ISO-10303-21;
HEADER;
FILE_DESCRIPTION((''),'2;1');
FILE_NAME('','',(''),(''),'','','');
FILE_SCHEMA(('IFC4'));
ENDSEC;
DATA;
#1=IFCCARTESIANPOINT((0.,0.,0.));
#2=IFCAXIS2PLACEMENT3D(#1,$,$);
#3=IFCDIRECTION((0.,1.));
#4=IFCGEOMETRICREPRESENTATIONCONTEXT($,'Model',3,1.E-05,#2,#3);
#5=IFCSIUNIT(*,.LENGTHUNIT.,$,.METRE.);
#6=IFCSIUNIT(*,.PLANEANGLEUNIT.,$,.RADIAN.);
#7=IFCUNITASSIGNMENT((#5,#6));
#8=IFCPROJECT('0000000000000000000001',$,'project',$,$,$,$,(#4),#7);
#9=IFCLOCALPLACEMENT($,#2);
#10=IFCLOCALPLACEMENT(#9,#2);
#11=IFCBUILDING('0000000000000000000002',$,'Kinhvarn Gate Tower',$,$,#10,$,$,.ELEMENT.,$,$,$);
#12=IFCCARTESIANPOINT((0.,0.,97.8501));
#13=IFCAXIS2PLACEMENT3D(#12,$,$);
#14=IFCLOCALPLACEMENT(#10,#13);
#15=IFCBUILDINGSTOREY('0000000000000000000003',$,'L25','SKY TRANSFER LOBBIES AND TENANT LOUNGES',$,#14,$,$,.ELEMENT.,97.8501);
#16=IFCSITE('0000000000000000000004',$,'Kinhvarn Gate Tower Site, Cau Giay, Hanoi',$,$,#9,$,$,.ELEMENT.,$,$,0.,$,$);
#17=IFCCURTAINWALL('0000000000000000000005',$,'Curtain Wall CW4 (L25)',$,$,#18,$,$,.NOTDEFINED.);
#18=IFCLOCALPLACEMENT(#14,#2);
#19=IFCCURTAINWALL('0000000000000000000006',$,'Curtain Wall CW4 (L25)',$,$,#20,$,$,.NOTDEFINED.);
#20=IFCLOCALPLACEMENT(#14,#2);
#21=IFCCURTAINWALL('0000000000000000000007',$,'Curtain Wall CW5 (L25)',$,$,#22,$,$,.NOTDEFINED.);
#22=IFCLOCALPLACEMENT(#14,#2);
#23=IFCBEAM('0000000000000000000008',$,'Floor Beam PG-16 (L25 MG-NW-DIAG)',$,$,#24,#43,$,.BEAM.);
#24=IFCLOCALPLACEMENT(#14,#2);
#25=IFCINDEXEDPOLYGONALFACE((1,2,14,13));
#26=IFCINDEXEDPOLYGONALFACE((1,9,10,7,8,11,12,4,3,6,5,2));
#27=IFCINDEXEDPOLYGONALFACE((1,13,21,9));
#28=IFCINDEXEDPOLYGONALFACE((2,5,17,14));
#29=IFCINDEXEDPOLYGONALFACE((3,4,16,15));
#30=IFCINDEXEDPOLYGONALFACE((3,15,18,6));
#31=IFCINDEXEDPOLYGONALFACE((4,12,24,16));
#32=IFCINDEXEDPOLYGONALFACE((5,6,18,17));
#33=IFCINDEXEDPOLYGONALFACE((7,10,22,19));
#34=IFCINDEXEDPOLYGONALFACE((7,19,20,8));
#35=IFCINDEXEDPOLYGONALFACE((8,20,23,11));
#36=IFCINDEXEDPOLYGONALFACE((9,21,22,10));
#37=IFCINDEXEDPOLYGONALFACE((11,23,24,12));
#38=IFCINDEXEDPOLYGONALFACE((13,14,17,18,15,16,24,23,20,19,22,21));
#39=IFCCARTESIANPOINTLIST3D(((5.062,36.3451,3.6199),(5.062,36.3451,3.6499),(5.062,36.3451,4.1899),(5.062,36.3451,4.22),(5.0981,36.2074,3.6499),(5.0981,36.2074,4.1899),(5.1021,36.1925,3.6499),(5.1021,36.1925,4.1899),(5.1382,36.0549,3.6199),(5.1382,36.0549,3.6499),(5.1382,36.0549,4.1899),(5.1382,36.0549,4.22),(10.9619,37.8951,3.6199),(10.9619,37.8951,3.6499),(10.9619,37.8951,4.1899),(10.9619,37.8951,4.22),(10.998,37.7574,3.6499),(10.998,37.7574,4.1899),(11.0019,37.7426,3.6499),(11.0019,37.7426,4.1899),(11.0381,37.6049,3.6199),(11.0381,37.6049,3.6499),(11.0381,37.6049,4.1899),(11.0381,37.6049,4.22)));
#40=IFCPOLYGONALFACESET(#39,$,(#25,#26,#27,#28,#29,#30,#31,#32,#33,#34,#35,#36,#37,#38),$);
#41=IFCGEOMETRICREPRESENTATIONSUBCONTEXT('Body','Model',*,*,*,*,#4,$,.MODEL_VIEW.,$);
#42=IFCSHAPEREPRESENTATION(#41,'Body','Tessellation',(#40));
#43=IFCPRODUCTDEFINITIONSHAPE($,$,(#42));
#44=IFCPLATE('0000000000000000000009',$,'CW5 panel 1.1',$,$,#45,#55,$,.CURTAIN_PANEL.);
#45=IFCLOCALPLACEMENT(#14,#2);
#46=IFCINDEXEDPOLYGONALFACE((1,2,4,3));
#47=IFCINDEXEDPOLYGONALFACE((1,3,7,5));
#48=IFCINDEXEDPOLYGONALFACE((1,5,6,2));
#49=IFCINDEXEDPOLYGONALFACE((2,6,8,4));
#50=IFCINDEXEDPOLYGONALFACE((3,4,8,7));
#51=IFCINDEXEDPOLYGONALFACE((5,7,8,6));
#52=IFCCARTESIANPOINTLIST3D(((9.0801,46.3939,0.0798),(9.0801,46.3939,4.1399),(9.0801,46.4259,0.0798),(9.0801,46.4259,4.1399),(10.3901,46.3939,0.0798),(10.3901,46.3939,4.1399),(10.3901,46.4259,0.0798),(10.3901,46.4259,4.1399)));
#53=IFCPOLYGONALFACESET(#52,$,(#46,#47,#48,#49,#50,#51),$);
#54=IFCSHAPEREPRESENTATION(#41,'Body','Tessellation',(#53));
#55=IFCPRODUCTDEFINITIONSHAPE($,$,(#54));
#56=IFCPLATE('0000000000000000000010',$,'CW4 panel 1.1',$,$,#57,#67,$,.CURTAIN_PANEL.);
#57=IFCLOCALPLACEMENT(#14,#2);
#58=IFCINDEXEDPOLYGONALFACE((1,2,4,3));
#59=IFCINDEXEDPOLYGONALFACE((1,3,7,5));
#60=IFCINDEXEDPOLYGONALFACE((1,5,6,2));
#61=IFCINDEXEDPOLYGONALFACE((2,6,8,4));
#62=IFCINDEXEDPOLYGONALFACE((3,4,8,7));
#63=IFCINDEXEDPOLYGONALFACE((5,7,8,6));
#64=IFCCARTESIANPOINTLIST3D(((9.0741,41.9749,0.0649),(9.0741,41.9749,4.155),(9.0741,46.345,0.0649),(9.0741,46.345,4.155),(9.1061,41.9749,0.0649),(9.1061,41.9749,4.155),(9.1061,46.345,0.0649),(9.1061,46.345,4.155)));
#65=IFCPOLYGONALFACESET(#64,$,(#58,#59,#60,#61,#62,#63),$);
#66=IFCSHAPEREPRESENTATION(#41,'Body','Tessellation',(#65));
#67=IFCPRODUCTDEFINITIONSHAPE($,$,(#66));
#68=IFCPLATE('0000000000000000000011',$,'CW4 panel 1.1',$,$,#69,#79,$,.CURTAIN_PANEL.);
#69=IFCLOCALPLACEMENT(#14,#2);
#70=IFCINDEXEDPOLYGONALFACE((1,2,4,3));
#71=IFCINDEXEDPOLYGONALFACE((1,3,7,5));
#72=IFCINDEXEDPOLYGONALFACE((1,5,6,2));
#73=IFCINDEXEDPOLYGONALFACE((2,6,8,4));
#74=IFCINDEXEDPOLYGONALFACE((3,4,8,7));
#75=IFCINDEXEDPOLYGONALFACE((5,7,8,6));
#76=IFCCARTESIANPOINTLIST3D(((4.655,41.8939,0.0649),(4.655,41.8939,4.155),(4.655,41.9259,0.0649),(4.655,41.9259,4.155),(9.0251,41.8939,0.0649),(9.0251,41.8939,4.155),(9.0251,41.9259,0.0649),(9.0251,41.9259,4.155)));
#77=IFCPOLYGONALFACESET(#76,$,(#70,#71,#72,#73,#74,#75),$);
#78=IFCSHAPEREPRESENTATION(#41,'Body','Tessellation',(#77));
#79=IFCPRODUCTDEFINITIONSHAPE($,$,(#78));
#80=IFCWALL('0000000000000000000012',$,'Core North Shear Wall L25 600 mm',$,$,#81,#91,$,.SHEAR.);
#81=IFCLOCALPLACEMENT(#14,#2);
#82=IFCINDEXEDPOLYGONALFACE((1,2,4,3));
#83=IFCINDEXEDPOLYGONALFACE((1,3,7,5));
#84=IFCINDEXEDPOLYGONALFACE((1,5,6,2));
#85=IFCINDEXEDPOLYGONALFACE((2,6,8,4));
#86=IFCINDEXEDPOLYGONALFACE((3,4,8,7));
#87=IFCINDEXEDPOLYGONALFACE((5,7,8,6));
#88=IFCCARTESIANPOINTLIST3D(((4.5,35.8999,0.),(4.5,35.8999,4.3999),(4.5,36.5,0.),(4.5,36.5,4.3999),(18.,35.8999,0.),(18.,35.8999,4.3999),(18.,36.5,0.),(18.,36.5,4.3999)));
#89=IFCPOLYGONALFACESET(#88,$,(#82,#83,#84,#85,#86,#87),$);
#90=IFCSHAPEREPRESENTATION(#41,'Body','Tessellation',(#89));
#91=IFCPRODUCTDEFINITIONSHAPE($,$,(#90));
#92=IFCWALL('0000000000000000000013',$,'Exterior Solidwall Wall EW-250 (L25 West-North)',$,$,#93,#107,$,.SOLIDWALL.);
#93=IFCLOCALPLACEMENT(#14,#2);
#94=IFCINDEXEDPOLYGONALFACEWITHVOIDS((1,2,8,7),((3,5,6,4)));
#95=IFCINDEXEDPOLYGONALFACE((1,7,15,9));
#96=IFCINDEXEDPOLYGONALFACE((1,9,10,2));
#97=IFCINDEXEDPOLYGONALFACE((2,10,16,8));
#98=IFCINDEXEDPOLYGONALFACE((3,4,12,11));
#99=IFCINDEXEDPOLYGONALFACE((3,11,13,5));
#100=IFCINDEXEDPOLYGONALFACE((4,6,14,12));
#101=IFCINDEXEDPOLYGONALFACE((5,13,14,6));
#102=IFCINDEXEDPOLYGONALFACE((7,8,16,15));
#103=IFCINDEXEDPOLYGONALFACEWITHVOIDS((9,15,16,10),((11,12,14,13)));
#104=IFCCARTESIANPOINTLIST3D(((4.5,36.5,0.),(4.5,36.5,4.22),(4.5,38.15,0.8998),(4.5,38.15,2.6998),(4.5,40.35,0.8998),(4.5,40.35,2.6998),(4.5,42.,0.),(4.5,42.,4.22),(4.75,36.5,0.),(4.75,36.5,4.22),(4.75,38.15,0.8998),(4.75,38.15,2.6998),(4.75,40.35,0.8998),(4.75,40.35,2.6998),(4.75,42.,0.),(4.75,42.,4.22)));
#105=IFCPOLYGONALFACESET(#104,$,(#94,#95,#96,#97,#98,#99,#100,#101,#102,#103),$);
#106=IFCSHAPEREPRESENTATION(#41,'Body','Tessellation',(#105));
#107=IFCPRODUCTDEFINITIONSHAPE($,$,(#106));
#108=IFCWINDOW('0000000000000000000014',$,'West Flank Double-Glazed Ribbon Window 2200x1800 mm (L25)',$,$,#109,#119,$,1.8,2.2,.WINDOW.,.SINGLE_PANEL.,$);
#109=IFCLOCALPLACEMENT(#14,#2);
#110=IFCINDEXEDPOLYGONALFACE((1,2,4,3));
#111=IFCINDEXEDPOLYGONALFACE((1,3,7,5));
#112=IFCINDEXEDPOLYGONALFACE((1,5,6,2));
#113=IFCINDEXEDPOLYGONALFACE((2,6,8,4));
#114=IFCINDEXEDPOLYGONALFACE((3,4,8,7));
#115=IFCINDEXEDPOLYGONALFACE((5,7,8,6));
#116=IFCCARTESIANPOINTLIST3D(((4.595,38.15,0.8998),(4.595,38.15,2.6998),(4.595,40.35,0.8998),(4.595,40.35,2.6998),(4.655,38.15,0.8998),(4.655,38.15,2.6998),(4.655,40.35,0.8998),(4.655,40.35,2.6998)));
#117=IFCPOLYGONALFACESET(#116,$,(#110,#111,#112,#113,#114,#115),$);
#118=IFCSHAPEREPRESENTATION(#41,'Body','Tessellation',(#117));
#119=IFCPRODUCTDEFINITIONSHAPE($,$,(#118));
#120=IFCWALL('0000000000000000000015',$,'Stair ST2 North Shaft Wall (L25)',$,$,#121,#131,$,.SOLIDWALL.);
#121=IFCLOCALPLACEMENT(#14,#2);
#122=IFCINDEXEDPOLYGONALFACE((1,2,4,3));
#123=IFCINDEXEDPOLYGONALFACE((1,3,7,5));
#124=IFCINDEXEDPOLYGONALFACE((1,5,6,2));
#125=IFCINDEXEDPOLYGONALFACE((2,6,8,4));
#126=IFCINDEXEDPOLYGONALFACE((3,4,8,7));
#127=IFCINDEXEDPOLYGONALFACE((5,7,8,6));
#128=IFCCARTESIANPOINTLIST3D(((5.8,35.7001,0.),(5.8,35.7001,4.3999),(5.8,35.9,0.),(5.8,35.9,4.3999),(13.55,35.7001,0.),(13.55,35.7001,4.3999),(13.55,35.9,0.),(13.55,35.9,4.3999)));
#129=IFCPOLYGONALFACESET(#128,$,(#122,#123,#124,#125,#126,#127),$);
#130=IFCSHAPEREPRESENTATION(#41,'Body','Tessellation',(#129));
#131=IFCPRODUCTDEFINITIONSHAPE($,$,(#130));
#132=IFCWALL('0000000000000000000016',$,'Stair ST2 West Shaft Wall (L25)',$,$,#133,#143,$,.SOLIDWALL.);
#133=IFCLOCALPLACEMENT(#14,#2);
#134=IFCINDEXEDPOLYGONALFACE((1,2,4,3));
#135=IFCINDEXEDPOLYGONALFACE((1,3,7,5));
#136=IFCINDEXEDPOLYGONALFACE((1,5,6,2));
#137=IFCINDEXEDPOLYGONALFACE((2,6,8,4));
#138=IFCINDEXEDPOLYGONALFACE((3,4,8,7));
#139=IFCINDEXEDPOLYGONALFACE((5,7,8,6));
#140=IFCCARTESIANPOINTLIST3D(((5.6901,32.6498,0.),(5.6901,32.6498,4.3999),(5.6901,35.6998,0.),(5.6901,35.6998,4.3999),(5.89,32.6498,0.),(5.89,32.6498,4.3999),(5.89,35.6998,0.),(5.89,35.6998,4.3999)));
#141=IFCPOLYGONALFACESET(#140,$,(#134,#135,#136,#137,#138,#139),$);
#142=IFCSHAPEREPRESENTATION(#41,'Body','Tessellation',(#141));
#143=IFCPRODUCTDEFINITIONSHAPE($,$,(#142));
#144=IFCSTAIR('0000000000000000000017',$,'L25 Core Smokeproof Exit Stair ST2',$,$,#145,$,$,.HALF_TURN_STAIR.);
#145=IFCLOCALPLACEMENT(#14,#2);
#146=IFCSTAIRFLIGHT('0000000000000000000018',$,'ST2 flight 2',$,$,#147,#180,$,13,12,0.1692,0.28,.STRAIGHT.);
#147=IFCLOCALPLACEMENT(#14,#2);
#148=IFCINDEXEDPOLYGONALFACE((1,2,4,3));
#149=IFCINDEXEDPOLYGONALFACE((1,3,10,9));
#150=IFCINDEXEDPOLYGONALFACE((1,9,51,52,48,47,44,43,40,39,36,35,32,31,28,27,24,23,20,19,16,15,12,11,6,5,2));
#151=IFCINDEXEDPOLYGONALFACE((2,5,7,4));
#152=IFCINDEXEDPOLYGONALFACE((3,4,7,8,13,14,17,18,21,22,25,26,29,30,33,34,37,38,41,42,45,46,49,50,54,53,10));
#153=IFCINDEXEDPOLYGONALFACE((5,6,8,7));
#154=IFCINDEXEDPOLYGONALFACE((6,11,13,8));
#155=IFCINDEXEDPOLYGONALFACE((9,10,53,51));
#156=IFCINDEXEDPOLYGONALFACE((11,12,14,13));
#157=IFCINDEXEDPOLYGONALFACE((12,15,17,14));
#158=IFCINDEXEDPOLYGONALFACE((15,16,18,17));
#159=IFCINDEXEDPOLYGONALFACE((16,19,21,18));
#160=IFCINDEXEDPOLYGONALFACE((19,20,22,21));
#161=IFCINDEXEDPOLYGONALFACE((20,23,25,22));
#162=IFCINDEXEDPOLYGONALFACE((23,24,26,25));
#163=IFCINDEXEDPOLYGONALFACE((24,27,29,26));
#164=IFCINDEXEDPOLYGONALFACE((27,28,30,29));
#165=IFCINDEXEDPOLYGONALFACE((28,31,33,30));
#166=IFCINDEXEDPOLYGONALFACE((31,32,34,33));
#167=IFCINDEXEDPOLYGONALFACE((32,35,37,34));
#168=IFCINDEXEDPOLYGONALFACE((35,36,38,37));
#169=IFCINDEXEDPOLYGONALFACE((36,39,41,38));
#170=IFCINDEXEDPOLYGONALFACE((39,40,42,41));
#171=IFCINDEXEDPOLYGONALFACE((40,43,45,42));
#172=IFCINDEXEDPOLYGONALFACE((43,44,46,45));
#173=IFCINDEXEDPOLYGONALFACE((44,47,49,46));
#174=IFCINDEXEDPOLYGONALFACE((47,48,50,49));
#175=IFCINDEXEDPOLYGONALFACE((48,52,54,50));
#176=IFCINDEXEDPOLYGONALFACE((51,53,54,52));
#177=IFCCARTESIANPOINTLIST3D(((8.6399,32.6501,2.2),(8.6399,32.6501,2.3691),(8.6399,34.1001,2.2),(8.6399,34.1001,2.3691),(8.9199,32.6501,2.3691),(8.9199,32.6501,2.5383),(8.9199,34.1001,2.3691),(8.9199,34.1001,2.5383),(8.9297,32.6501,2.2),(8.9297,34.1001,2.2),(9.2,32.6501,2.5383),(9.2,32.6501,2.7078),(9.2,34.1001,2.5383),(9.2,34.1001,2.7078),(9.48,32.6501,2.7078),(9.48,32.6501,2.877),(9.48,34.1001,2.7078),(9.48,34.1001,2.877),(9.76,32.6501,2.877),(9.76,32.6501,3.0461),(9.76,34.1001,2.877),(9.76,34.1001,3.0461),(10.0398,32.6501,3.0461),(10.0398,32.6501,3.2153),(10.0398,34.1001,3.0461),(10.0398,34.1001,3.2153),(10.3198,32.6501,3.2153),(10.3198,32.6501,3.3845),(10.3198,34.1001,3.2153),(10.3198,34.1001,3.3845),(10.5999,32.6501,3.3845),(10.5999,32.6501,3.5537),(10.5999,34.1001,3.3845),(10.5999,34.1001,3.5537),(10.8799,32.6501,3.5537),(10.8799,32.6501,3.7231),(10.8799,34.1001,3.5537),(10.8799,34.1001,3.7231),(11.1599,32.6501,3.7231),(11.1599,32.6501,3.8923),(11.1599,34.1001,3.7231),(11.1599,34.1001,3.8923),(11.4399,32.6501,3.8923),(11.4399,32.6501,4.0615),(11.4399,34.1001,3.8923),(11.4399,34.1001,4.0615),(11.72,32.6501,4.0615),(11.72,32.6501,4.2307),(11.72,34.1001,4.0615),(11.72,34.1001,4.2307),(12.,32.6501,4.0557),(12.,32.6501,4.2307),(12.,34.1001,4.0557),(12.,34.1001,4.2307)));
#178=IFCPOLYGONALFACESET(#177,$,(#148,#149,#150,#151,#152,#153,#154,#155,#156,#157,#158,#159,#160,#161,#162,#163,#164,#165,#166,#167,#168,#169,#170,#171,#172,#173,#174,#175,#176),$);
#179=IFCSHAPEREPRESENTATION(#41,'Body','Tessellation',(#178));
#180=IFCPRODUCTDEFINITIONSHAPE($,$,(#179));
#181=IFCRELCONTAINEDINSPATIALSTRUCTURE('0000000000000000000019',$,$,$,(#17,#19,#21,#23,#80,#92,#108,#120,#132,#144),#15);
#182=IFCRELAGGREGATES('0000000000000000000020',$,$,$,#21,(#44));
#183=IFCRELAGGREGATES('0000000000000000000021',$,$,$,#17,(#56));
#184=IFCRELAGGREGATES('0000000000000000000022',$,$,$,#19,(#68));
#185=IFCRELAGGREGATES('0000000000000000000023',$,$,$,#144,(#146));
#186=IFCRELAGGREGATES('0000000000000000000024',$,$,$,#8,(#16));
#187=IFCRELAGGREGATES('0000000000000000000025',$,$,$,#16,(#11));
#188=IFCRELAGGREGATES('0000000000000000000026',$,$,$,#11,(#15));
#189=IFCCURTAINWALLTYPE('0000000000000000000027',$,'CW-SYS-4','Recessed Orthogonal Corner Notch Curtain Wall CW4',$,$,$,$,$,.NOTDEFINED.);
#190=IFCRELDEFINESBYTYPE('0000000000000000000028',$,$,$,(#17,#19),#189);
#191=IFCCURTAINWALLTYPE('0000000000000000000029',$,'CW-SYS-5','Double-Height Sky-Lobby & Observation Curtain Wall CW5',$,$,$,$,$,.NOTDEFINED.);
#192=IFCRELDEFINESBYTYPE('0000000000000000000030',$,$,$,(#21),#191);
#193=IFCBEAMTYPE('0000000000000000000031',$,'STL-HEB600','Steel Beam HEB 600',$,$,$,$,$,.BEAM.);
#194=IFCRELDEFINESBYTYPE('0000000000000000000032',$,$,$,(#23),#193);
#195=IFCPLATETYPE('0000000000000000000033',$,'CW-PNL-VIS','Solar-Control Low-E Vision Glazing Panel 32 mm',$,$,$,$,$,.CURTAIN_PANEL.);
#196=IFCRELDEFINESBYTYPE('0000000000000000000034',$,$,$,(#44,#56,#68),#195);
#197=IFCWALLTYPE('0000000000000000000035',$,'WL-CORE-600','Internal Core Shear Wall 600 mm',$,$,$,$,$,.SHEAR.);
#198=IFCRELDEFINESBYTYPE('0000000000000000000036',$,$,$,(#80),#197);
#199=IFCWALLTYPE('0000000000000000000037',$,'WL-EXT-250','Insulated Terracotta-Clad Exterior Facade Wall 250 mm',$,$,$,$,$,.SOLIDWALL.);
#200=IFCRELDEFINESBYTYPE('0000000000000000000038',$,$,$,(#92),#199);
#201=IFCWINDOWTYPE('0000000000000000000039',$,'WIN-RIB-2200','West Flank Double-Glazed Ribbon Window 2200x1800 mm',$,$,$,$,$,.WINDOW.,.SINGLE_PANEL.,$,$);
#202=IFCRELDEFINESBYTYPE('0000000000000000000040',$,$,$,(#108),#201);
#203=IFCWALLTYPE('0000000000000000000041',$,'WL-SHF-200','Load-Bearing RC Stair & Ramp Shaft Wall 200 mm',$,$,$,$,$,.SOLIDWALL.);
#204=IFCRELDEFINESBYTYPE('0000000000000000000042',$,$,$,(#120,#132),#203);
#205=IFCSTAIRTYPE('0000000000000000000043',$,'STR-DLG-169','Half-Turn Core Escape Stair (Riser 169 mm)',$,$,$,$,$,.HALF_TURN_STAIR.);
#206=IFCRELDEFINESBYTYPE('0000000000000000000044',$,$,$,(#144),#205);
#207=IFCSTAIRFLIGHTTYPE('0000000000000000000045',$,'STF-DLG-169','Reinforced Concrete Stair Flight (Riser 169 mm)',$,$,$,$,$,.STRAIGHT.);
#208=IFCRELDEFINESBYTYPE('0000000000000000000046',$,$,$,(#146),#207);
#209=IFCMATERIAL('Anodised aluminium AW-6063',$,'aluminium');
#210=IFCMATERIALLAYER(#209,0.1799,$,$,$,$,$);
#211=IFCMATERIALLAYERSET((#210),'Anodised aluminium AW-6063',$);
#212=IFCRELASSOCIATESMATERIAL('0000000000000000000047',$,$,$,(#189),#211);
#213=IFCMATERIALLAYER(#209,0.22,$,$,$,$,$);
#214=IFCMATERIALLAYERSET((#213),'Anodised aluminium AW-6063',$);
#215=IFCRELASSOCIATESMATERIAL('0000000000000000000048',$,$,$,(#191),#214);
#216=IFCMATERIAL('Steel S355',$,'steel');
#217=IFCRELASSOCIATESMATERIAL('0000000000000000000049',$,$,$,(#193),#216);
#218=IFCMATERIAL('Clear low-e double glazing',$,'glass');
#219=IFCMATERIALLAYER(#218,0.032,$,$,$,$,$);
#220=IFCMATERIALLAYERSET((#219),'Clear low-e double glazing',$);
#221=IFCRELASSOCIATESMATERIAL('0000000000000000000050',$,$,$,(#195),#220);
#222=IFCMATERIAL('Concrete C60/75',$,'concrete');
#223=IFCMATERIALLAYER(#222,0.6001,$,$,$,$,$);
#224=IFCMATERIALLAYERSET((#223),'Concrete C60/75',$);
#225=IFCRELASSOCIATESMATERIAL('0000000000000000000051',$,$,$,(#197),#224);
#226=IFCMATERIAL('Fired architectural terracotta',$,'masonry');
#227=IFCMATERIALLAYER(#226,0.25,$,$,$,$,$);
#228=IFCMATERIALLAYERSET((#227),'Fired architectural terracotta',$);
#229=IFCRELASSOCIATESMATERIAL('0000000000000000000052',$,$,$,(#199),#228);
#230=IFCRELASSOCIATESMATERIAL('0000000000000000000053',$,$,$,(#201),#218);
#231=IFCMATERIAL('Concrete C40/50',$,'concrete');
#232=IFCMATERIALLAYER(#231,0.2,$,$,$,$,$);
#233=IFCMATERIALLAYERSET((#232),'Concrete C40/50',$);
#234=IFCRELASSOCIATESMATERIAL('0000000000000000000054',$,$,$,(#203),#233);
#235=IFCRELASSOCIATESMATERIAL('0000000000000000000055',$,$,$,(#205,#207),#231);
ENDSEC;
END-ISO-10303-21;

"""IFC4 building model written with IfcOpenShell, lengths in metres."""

from ifc_helpers import new_model, si_unit, direction, frame, frame_2d, origin, origin_2d, place, context, subcontext, project, spatial, polyline, rectangle, i_section, outline, extrude, material, layer, layer_set, material_profile, profile_set, type_object, element, fill, aggregate, save


model = new_model("IFC4")

# Units and contexts
model_context = context("Model", 3, precision=1e-05, world=origin(), true_north=direction((0.0, 1.0)))
body_context = subcontext(model_context, "Body", "Model", "MODEL_VIEW")
ifc_project = project(units=[si_unit("LENGTHUNIT", "METRE"), si_unit("PLANEANGLEUNIT", "RADIAN")], contexts=[model_context])

# Site, building, storey
site_placement = place(None, origin())
site = spatial("IfcSite", under=ifc_project, at=site_placement, Name="Kinhvarn Gate Tower Site, Cau Giay, Hanoi", CompositionType="ELEMENT", RefElevation=0.0)
building_placement = place(site_placement, origin())
building = spatial("IfcBuilding", under=site, at=building_placement, Name="Kinhvarn Gate Tower", CompositionType="ELEMENT")
storey_placement = place(building_placement, frame((0.0, 0.0, 97.8501)))
storey = spatial("IfcBuildingStorey", under=building, at=storey_placement, Name="L25", Description="SKY TRANSFER LOBBIES AND TENANT LOUNGES", CompositionType="ELEMENT", Elevation=97.8501)

# Shared definitions
ifc_material_1 = material(Name="Concrete C60/75", Category="concrete")

# Curtain walls
ifc_material_2 = material(Name="Anodised aluminium AW-6063", Category="aluminium")
ifc_layer_1 = layer(ifc_material_2, 0.1799)
ifc_layer_set_1 = layer_set([ifc_layer_1], Name="Anodised aluminium AW-6063")
curtain_wall_type_1 = type_object("IfcCurtainWallType", Name="CW-SYS-4", Description="Recessed Orthogonal Corner Notch Curtain Wall CW4", PredefinedType="NOTDEFINED", material=ifc_layer_set_1)
curtain_wall_1_placement = place(storey_placement, origin())
curtain_wall_1 = element("IfcCurtainWall", 1, at=curtain_wall_1_placement, inside=storey, type_object=curtain_wall_type_1, Name="Curtain Wall CW4 (L25)", PredefinedType="NOTDEFINED")
curtain_wall_2_placement = place(storey_placement, origin())
curtain_wall_2 = element("IfcCurtainWall", 2, at=curtain_wall_2_placement, inside=storey, type_object=curtain_wall_type_1, Name="Curtain Wall CW4 (L25)", PredefinedType="NOTDEFINED")
ifc_layer_2 = layer(ifc_material_2, 0.22)
ifc_layer_set_2 = layer_set([ifc_layer_2], Name="Anodised aluminium AW-6063")
curtain_wall_type_2 = type_object("IfcCurtainWallType", Name="CW-SYS-5", Description="Double-Height Sky-Lobby & Observation Curtain Wall CW5", PredefinedType="NOTDEFINED", material=ifc_layer_set_2)
curtain_wall_3_placement = place(storey_placement, origin())
curtain_wall_3 = element("IfcCurtainWall", 3, at=curtain_wall_3_placement, inside=storey, type_object=curtain_wall_type_2, Name="Curtain Wall CW5 (L25)", PredefinedType="NOTDEFINED")

# Beam
ifc_material_3 = material(Name="Steel S355", Category="steel")
ifc_material_profile_1 = material_profile(ifc_material_3, i_section(OverallWidth=0.3, OverallDepth=0.6001, WebThickness=0.0154, FlangeThickness=0.03, at=origin_2d()), Name="HEB 600")
ifc_profile_set_1 = profile_set([ifc_material_profile_1], Name="Steel S355")
beam_type = type_object("IfcBeamType", Name="STL-HEB600", Description="Steel Beam HEB 600", PredefinedType="BEAM", material=ifc_profile_set_1)
beam_placement = place(storey_placement, frame((5.1001, 36.2, 3.9199), z_axis=(0.967178, 0.254101, 0.0), x_axis=(-0.254101, 0.967178, 0.0)))
element("IfcBeam", 4, at=beam_placement, inside=storey, type_object=beam_type, Name="Floor Beam PG-16 (L25 MG-NW-DIAG)", PredefinedType="BEAM", context=body_context, shape_type="SweptSolid", body=[
    extrude(i_section(OverallWidth=0.3, OverallDepth=0.6001, WebThickness=0.0154, FlangeThickness=0.03, at=origin_2d()), origin(), (0.0, 0.0, 1.0), 6.1001),
])

# Plates
ifc_material_4 = material(Name="Clear low-e double glazing", Category="glass")
ifc_layer_3 = layer(ifc_material_4, 0.032)
ifc_layer_set_3 = layer_set([ifc_layer_3], Name="Clear low-e double glazing")
plate_type = type_object("IfcPlateType", Name="CW-PNL-VIS", Description="Solar-Control Low-E Vision Glazing Panel 32 mm", PredefinedType="CURTAIN_PANEL", material=ifc_layer_set_3)
plate_1_placement = place(storey_placement, frame((9.7351, 46.4099, 0.0798), z_axis=(0.0, 0.0, 1.0), x_axis=(-1.0, 0.0, 0.0)))
plate_1 = element("IfcPlate", 5, at=plate_1_placement, type_object=plate_type, Name="CW5 panel 1.1", PredefinedType="CURTAIN_PANEL", context=body_context, shape_type="SweptSolid", body=[
    extrude(rectangle(XDim=1.3101, YDim=0.032, at=origin_2d()), origin(), (0.0, 0.0, 1.0), 4.0601),
])
aggregate(curtain_wall_3, [plate_1])
plate_2_placement = place(storey_placement, frame((9.0901, 44.1599, 0.0649), z_axis=(0.0, 0.0, 1.0), x_axis=(0.0, -1.0, 0.0)))
plate_2 = element("IfcPlate", 6, at=plate_2_placement, type_object=plate_type, Name="CW4 panel 1.1", PredefinedType="CURTAIN_PANEL", context=body_context, shape_type="SweptSolid", body=[
    extrude(rectangle(XDim=4.3701, YDim=0.032, at=origin_2d()), origin(), (0.0, 0.0, 1.0), 4.0901),
])
aggregate(curtain_wall_1, [plate_2])
plate_3_placement = place(storey_placement, frame((6.8401, 41.9099, 0.0649), z_axis=(0.0, 0.0, 1.0), x_axis=(-1.0, 0.0, 0.0)))
plate_3 = element("IfcPlate", 7, at=plate_3_placement, type_object=plate_type, Name="CW4 panel 1.1", PredefinedType="CURTAIN_PANEL", context=body_context, shape_type="SweptSolid", body=[
    extrude(rectangle(XDim=4.3701, YDim=0.032, at=origin_2d()), origin(), (0.0, 0.0, 1.0), 4.0901),
])
aggregate(curtain_wall_2, [plate_3])

# Wall
ifc_layer_4 = layer(ifc_material_1, 0.6001)
ifc_layer_set_4 = layer_set([ifc_layer_4], Name="Concrete C60/75")
wall_type_1 = type_object("IfcWallType", Name="WL-CORE-600", Description="Internal Core Shear Wall 600 mm", PredefinedType="SHEAR", material=ifc_layer_set_4)
wall_1_placement = place(storey_placement, frame((4.5, 36.2, 0.0), z_axis=(0.0, 0.0, 1.0), x_axis=(1.0, 0.0, 0.0)))
element("IfcWall", 8, at=wall_1_placement, inside=storey, type_object=wall_type_1, Name="Core North Shear Wall L25 600 mm", PredefinedType="SHEAR", context=body_context, shape_type="SweptSolid", body=[
    extrude(rectangle(XDim=13.5, YDim=0.6001, at=frame_2d((6.75, 0.0))), origin(), (0.0, 0.0, 1.0), 4.3999),
])

# Wall, opening, window
ifc_material_5 = material(Name="Fired architectural terracotta", Category="masonry")
ifc_layer_5 = layer(ifc_material_5, 0.25)
ifc_layer_set_5 = layer_set([ifc_layer_5], Name="Fired architectural terracotta")
wall_type_2 = type_object("IfcWallType", Name="WL-EXT-250", Description="Insulated Terracotta-Clad Exterior Facade Wall 250 mm", PredefinedType="SOLIDWALL", material=ifc_layer_set_5)
wall_2_placement = place(storey_placement, frame((4.625, 42.0, 0.0), z_axis=(0.0, 0.0, 1.0), x_axis=(0.0, -1.0, 0.0)))
wall_2 = element("IfcWall", 9, at=wall_2_placement, inside=storey, type_object=wall_type_2, Name="Exterior Solidwall Wall EW-250 (L25 West-North)", PredefinedType="SOLIDWALL", context=body_context, shape_type="SweptSolid", body=[
    extrude(rectangle(XDim=5.5, YDim=0.25, at=frame_2d((2.75, 0.0))), origin(), (0.0, 0.0, 1.0), 4.22),
])
opening_placement = place(wall_2_placement, frame((1.6499, 0.0, 0.8999)))
opening = element("IfcOpeningElement", 10, at=opening_placement, cuts=wall_2, PredefinedType="OPENING", context=body_context, shape_type="SweptSolid", body=[
    extrude(rectangle(XDim=2.2, YDim=1.8, at=frame_2d((1.1001, 0.8999))), frame((0.0, 0.135, 0.0), z_axis=(0.0, -1.0, 0.0), x_axis=(1.0, 0.0, 0.0)), (0.0, 0.0, 1.0), 0.27),
])
window_type = type_object("IfcWindowType", Name="WIN-RIB-2200", Description="West Flank Double-Glazed Ribbon Window 2200x1800 mm", PartitioningType="SINGLE_PANEL", PredefinedType="WINDOW", material=ifc_material_4)
window_placement = place(opening_placement, origin())
window = element("IfcWindow", 11, at=window_placement, inside=storey, type_object=window_type, Name="West Flank Double-Glazed Ribbon Window 2200x1800 mm (L25)", OverallHeight=1.8, OverallWidth=2.2, PartitioningType="SINGLE_PANEL", PredefinedType="WINDOW", context=body_context, shape_type="SweptSolid", body=[
    extrude(rectangle(XDim=2.2, YDim=1.8, at=frame_2d((1.1001, 0.8999))), frame((0.0, 0.03, 0.0), z_axis=(0.0, -1.0, 0.0), x_axis=(1.0, 0.0, 0.0)), (0.0, 0.0, 1.0), 0.0601),
])
fill(opening, window)

# Walls
ifc_material_6 = material(Name="Concrete C40/50", Category="concrete")
ifc_layer_6 = layer(ifc_material_6, 0.2)
ifc_layer_set_6 = layer_set([ifc_layer_6], Name="Concrete C40/50")
wall_type_3 = type_object("IfcWallType", Name="WL-SHF-200", Description="Load-Bearing RC Stair & Ramp Shaft Wall 200 mm", PredefinedType="SOLIDWALL", material=ifc_layer_set_6)
wall_3_placement = place(storey_placement, frame((5.8, 35.8, 0.0), z_axis=(0.0, 0.0, 1.0), x_axis=(1.0, 0.0, 0.0)))
element("IfcWall", 12, at=wall_3_placement, inside=storey, type_object=wall_type_3, Name="Stair ST2 North Shaft Wall (L25)", PredefinedType="SOLIDWALL", context=body_context, shape_type="SweptSolid", body=[
    extrude(rectangle(XDim=7.75, YDim=0.2, at=frame_2d((3.875, 0.0))), origin(), (0.0, 0.0, 1.0), 4.3999),
])
wall_4_placement = place(storey_placement, frame((5.79, 32.6499, 0.0), z_axis=(0.0, 0.0, 1.0), x_axis=(0.0, 1.0, 0.0)))
element("IfcWall", 13, at=wall_4_placement, inside=storey, type_object=wall_type_3, Name="Stair ST2 West Shaft Wall (L25)", PredefinedType="SOLIDWALL", context=body_context, shape_type="SweptSolid", body=[
    extrude(rectangle(XDim=3.05, YDim=0.2, at=frame_2d((1.5249, 0.0))), origin(), (0.0, 0.0, 1.0), 4.3999),
])

# Stair, stair flight
stair_type = type_object("IfcStairType", Name="STR-DLG-169", Description="Half-Turn Core Escape Stair (Riser 169 mm)", PredefinedType="HALF_TURN_STAIR", material=ifc_material_6)
stair_placement = place(storey_placement, origin())
stair = element("IfcStair", 14, at=stair_placement, inside=storey, type_object=stair_type, Name="L25 Core Smokeproof Exit Stair ST2", PredefinedType="HALF_TURN_STAIR")
stair_flight_type = type_object("IfcStairFlightType", Name="STF-DLG-169", Description="Reinforced Concrete Stair Flight (Riser 169 mm)", PredefinedType="STRAIGHT", material=ifc_material_6)
stair_flight_placement = place(storey_placement, frame((8.6399, 33.375, 2.2), z_axis=(0.0, 0.0, 1.0), x_axis=(1.0, 0.0, 0.0)))
stair_flight = element("IfcStairFlight", 15, at=stair_flight_placement, type_object=stair_flight_type, Name="ST2 flight 2", NumberOfRisers=13, NumberOfTreads=12, PredefinedType="STRAIGHT", RiserHeight=0.1692, TreadLength=0.28, context=body_context, shape_type="SweptSolid", body=[
    extrude(outline(polyline([(0.0, 0.0), (0.0, 0.1692), (0.28, 0.1692), (0.28, 0.3384), (0.5601, 0.3384), (0.5601, 0.5078), (0.8401, 0.5078), (0.8401, 0.677), (1.1201, 0.677), (1.1201, 0.8462), (1.3999, 0.8462), (1.3999, 1.0154), (1.6799, 1.0154), (1.6799, 1.1846), (1.96, 1.1846), (1.96, 1.3538), (2.24, 1.3538), (2.24, 1.5232), (2.52, 1.5232), (2.52, 1.6924), (2.8, 1.6924), (2.8, 1.8616), (3.0801, 1.8616), (3.0801, 2.0308), (3.3601, 2.0308), (3.3601, 2.2), (3.3601, 1.8557), (0.2898, 0.0), (0.0, 0.0)])), frame((0.0, 0.7251, 0.0), z_axis=(0.0, -1.0, 0.0), x_axis=(1.0, 0.0, 0.0)), (0.0, 0.0, 1.0), 1.45),
])
aggregate(stair, [stair_flight])

save(model, "model.ifc")
